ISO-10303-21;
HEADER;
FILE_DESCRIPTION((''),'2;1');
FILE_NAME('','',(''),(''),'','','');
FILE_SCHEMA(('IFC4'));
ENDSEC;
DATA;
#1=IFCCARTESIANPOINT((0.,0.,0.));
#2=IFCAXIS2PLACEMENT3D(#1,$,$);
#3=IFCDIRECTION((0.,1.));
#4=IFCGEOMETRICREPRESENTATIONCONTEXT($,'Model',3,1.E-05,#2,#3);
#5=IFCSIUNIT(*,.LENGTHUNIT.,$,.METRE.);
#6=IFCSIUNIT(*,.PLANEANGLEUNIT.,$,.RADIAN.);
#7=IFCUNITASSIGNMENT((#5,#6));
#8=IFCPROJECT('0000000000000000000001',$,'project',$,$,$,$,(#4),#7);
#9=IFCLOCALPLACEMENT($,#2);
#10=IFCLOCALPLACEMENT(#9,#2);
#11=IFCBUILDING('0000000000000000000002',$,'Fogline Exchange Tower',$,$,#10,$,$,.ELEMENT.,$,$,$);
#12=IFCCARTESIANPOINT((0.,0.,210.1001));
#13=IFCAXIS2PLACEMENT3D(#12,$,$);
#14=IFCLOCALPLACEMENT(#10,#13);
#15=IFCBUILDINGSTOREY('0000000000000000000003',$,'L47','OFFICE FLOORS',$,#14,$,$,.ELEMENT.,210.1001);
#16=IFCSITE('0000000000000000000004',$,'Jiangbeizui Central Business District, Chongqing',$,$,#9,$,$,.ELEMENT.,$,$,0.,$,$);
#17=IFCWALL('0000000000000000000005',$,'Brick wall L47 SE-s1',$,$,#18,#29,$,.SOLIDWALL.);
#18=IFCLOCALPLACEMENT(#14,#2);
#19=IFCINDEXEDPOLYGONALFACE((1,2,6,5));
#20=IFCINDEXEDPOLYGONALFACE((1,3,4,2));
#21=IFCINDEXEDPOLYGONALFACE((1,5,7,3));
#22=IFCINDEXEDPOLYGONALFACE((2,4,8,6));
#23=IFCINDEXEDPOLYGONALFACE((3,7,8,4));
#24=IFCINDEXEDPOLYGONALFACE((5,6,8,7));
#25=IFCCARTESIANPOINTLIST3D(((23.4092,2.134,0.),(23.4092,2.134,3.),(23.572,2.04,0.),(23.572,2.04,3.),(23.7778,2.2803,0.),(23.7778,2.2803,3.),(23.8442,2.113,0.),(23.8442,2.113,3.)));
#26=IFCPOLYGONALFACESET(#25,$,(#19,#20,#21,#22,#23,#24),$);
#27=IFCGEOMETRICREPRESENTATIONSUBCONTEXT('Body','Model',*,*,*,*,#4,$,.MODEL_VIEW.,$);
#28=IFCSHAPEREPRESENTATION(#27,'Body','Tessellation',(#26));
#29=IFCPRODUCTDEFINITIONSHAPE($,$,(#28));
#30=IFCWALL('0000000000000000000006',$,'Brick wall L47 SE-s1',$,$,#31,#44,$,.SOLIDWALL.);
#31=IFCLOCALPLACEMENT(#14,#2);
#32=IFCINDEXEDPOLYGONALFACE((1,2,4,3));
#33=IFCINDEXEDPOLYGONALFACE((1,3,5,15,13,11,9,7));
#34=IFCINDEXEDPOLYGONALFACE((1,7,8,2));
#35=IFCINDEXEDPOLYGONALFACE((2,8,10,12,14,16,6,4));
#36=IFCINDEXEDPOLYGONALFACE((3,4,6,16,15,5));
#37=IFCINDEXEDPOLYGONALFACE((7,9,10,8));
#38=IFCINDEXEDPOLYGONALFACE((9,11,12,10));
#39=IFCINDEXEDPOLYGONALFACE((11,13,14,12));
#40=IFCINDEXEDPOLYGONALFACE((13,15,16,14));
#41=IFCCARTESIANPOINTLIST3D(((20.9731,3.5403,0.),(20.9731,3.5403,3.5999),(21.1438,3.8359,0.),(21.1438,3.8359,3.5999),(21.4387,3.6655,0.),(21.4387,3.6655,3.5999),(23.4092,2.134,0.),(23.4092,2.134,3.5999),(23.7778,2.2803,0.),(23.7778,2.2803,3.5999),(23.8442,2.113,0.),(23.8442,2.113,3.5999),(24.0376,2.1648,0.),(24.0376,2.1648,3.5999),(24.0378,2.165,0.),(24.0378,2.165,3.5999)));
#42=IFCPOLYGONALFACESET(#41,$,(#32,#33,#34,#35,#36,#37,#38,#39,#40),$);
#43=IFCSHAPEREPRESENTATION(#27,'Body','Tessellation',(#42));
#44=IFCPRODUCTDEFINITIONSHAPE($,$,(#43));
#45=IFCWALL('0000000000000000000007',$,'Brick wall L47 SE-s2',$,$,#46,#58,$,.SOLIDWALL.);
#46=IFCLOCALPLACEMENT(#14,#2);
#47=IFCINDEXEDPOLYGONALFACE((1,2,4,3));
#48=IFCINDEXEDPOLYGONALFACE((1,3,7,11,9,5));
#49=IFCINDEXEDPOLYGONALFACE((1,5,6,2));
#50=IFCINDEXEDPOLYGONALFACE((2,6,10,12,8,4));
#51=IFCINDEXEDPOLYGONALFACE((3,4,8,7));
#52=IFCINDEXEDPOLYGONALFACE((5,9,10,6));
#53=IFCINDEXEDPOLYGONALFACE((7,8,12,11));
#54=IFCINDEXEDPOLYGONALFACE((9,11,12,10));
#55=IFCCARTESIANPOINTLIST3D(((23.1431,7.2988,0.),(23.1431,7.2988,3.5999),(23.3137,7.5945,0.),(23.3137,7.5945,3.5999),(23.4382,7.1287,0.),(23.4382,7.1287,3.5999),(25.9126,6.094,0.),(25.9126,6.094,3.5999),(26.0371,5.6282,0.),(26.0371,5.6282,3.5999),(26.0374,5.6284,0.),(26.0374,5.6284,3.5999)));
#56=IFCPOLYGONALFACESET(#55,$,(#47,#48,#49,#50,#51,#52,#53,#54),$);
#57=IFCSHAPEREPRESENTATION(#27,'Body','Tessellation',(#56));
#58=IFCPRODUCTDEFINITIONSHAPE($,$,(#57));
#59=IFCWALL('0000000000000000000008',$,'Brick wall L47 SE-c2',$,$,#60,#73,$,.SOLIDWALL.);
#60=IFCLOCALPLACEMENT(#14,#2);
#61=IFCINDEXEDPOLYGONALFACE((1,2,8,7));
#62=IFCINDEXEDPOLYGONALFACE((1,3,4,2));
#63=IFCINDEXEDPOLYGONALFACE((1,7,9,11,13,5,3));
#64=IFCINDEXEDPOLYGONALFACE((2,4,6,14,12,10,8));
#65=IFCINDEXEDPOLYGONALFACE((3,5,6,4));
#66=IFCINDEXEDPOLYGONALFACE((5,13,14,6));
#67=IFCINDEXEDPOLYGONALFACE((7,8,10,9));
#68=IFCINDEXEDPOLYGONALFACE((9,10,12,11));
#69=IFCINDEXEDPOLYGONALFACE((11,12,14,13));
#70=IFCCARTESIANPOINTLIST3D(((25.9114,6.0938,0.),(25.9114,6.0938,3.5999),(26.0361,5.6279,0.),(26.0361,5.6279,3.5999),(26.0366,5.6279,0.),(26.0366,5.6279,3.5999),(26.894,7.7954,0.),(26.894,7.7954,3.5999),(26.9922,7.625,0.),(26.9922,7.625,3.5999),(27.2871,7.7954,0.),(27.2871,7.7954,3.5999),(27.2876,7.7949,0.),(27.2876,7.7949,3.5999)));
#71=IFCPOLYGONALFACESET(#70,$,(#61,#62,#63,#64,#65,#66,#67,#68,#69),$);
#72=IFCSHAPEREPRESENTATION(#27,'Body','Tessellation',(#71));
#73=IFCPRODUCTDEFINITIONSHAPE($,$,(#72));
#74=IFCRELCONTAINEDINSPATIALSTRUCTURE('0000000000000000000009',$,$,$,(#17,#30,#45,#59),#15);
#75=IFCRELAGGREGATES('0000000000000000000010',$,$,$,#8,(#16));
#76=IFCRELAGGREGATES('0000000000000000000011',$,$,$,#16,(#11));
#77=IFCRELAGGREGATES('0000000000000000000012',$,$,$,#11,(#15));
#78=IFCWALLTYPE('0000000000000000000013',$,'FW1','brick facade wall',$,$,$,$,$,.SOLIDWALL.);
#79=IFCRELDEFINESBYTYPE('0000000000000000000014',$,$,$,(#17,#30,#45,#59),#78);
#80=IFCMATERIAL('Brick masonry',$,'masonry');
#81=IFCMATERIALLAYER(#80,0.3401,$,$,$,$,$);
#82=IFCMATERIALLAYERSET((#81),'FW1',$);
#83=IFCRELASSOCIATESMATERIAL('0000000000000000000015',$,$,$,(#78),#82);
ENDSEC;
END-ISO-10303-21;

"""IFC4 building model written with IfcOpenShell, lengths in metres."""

from ifc_helpers import new_model, si_unit, direction, frame, origin, place, context, subcontext, project, spatial, polyline, outline, extrude, material, layer, layer_set, type_object, element, save


model = new_model("IFC4")

# Units and contexts
model_context = context("Model", 3, precision=1e-05, world=origin(), true_north=direction((0.0, 1.0)))
body_context = subcontext(model_context, "Body", "Model", "MODEL_VIEW")
ifc_project = project(units=[si_unit("LENGTHUNIT", "METRE"), si_unit("PLANEANGLEUNIT", "RADIAN")], contexts=[model_context])

# Site, building, storey
site_placement = place(None, origin())
site = spatial("IfcSite", under=ifc_project, at=site_placement, Name="Jiangbeizui Central Business District, Chongqing", CompositionType="ELEMENT", RefElevation=0.0)
building_placement = place(site_placement, origin())
building = spatial("IfcBuilding", under=site, at=building_placement, Name="Fogline Exchange Tower", CompositionType="ELEMENT")
storey_placement = place(building_placement, frame((0.0, 0.0, 210.1001)))
storey = spatial("IfcBuildingStorey", under=building, at=storey_placement, Name="L47", Description="OFFICE FLOORS", CompositionType="ELEMENT", Elevation=210.1001)

# Walls
ifc_material_1 = material(Name="Brick masonry", Category="masonry")
ifc_layer_1 = layer(ifc_material_1, 0.3401)
ifc_layer_set_1 = layer_set([ifc_layer_1], Name="FW1")
wall_type = type_object("IfcWallType", Name="FW1", Description="brick facade wall", PredefinedType="SOLIDWALL", material=ifc_layer_set_1)
wall_1_placement = place(storey_placement, origin())
element("IfcWall", 1, at=wall_1_placement, inside=storey, type_object=wall_type, Name="Brick wall L47 SE-s1", PredefinedType="SOLIDWALL", context=body_context, shape_type="SweptSolid", body=[
    extrude(outline(polyline([(23.572, 2.04), (23.4092, 2.134), (23.7778, 2.2803), (23.8442, 2.113), (23.572, 2.04)])), origin(), (0.0, 0.0, 1.0), 3.0),
])
wall_2_placement = place(storey_placement, origin())
element("IfcWall", 2, at=wall_2_placement, inside=storey, type_object=wall_type, Name="Brick wall L47 SE-s1", PredefinedType="SOLIDWALL", context=body_context, shape_type="SweptSolid", body=[
    extrude(outline(polyline([(21.1438, 3.8359), (21.4387, 3.6655), (24.0378, 2.165), (24.0376, 2.1648), (23.8442, 2.113), (23.7778, 2.2803), (23.4092, 2.134), (20.9731, 3.5403), (21.1438, 3.8359)])), origin(), (0.0, 0.0, 1.0), 3.5999),
])
wall_3_placement = place(storey_placement, origin())
element("IfcWall", 3, at=wall_3_placement, inside=storey, type_object=wall_type, Name="Brick wall L47 SE-s2", PredefinedType="SOLIDWALL", context=body_context, shape_type="SweptSolid", body=[
    extrude(outline(polyline([(26.0371, 5.6282), (23.4382, 7.1287), (23.1431, 7.2988), (23.3137, 7.5945), (25.9126, 6.094), (26.0374, 5.6284), (26.0371, 5.6282)])), origin(), (0.0, 0.0, 1.0), 3.5999),
])
wall_4_placement = place(storey_placement, origin())
element("IfcWall", 4, at=wall_4_placement, inside=storey, type_object=wall_type, Name="Brick wall L47 SE-c2", PredefinedType="SOLIDWALL", context=body_context, shape_type="SweptSolid", body=[
    extrude(outline(polyline([(26.894, 7.7954), (26.9922, 7.625), (27.2871, 7.7954), (27.2876, 7.7949), (26.0366, 5.6279), (26.0361, 5.6279), (25.9114, 6.0938), (26.894, 7.7954)])), origin(), (0.0, 0.0, 1.0), 3.5999),
])

save(model, "model.ifc")
